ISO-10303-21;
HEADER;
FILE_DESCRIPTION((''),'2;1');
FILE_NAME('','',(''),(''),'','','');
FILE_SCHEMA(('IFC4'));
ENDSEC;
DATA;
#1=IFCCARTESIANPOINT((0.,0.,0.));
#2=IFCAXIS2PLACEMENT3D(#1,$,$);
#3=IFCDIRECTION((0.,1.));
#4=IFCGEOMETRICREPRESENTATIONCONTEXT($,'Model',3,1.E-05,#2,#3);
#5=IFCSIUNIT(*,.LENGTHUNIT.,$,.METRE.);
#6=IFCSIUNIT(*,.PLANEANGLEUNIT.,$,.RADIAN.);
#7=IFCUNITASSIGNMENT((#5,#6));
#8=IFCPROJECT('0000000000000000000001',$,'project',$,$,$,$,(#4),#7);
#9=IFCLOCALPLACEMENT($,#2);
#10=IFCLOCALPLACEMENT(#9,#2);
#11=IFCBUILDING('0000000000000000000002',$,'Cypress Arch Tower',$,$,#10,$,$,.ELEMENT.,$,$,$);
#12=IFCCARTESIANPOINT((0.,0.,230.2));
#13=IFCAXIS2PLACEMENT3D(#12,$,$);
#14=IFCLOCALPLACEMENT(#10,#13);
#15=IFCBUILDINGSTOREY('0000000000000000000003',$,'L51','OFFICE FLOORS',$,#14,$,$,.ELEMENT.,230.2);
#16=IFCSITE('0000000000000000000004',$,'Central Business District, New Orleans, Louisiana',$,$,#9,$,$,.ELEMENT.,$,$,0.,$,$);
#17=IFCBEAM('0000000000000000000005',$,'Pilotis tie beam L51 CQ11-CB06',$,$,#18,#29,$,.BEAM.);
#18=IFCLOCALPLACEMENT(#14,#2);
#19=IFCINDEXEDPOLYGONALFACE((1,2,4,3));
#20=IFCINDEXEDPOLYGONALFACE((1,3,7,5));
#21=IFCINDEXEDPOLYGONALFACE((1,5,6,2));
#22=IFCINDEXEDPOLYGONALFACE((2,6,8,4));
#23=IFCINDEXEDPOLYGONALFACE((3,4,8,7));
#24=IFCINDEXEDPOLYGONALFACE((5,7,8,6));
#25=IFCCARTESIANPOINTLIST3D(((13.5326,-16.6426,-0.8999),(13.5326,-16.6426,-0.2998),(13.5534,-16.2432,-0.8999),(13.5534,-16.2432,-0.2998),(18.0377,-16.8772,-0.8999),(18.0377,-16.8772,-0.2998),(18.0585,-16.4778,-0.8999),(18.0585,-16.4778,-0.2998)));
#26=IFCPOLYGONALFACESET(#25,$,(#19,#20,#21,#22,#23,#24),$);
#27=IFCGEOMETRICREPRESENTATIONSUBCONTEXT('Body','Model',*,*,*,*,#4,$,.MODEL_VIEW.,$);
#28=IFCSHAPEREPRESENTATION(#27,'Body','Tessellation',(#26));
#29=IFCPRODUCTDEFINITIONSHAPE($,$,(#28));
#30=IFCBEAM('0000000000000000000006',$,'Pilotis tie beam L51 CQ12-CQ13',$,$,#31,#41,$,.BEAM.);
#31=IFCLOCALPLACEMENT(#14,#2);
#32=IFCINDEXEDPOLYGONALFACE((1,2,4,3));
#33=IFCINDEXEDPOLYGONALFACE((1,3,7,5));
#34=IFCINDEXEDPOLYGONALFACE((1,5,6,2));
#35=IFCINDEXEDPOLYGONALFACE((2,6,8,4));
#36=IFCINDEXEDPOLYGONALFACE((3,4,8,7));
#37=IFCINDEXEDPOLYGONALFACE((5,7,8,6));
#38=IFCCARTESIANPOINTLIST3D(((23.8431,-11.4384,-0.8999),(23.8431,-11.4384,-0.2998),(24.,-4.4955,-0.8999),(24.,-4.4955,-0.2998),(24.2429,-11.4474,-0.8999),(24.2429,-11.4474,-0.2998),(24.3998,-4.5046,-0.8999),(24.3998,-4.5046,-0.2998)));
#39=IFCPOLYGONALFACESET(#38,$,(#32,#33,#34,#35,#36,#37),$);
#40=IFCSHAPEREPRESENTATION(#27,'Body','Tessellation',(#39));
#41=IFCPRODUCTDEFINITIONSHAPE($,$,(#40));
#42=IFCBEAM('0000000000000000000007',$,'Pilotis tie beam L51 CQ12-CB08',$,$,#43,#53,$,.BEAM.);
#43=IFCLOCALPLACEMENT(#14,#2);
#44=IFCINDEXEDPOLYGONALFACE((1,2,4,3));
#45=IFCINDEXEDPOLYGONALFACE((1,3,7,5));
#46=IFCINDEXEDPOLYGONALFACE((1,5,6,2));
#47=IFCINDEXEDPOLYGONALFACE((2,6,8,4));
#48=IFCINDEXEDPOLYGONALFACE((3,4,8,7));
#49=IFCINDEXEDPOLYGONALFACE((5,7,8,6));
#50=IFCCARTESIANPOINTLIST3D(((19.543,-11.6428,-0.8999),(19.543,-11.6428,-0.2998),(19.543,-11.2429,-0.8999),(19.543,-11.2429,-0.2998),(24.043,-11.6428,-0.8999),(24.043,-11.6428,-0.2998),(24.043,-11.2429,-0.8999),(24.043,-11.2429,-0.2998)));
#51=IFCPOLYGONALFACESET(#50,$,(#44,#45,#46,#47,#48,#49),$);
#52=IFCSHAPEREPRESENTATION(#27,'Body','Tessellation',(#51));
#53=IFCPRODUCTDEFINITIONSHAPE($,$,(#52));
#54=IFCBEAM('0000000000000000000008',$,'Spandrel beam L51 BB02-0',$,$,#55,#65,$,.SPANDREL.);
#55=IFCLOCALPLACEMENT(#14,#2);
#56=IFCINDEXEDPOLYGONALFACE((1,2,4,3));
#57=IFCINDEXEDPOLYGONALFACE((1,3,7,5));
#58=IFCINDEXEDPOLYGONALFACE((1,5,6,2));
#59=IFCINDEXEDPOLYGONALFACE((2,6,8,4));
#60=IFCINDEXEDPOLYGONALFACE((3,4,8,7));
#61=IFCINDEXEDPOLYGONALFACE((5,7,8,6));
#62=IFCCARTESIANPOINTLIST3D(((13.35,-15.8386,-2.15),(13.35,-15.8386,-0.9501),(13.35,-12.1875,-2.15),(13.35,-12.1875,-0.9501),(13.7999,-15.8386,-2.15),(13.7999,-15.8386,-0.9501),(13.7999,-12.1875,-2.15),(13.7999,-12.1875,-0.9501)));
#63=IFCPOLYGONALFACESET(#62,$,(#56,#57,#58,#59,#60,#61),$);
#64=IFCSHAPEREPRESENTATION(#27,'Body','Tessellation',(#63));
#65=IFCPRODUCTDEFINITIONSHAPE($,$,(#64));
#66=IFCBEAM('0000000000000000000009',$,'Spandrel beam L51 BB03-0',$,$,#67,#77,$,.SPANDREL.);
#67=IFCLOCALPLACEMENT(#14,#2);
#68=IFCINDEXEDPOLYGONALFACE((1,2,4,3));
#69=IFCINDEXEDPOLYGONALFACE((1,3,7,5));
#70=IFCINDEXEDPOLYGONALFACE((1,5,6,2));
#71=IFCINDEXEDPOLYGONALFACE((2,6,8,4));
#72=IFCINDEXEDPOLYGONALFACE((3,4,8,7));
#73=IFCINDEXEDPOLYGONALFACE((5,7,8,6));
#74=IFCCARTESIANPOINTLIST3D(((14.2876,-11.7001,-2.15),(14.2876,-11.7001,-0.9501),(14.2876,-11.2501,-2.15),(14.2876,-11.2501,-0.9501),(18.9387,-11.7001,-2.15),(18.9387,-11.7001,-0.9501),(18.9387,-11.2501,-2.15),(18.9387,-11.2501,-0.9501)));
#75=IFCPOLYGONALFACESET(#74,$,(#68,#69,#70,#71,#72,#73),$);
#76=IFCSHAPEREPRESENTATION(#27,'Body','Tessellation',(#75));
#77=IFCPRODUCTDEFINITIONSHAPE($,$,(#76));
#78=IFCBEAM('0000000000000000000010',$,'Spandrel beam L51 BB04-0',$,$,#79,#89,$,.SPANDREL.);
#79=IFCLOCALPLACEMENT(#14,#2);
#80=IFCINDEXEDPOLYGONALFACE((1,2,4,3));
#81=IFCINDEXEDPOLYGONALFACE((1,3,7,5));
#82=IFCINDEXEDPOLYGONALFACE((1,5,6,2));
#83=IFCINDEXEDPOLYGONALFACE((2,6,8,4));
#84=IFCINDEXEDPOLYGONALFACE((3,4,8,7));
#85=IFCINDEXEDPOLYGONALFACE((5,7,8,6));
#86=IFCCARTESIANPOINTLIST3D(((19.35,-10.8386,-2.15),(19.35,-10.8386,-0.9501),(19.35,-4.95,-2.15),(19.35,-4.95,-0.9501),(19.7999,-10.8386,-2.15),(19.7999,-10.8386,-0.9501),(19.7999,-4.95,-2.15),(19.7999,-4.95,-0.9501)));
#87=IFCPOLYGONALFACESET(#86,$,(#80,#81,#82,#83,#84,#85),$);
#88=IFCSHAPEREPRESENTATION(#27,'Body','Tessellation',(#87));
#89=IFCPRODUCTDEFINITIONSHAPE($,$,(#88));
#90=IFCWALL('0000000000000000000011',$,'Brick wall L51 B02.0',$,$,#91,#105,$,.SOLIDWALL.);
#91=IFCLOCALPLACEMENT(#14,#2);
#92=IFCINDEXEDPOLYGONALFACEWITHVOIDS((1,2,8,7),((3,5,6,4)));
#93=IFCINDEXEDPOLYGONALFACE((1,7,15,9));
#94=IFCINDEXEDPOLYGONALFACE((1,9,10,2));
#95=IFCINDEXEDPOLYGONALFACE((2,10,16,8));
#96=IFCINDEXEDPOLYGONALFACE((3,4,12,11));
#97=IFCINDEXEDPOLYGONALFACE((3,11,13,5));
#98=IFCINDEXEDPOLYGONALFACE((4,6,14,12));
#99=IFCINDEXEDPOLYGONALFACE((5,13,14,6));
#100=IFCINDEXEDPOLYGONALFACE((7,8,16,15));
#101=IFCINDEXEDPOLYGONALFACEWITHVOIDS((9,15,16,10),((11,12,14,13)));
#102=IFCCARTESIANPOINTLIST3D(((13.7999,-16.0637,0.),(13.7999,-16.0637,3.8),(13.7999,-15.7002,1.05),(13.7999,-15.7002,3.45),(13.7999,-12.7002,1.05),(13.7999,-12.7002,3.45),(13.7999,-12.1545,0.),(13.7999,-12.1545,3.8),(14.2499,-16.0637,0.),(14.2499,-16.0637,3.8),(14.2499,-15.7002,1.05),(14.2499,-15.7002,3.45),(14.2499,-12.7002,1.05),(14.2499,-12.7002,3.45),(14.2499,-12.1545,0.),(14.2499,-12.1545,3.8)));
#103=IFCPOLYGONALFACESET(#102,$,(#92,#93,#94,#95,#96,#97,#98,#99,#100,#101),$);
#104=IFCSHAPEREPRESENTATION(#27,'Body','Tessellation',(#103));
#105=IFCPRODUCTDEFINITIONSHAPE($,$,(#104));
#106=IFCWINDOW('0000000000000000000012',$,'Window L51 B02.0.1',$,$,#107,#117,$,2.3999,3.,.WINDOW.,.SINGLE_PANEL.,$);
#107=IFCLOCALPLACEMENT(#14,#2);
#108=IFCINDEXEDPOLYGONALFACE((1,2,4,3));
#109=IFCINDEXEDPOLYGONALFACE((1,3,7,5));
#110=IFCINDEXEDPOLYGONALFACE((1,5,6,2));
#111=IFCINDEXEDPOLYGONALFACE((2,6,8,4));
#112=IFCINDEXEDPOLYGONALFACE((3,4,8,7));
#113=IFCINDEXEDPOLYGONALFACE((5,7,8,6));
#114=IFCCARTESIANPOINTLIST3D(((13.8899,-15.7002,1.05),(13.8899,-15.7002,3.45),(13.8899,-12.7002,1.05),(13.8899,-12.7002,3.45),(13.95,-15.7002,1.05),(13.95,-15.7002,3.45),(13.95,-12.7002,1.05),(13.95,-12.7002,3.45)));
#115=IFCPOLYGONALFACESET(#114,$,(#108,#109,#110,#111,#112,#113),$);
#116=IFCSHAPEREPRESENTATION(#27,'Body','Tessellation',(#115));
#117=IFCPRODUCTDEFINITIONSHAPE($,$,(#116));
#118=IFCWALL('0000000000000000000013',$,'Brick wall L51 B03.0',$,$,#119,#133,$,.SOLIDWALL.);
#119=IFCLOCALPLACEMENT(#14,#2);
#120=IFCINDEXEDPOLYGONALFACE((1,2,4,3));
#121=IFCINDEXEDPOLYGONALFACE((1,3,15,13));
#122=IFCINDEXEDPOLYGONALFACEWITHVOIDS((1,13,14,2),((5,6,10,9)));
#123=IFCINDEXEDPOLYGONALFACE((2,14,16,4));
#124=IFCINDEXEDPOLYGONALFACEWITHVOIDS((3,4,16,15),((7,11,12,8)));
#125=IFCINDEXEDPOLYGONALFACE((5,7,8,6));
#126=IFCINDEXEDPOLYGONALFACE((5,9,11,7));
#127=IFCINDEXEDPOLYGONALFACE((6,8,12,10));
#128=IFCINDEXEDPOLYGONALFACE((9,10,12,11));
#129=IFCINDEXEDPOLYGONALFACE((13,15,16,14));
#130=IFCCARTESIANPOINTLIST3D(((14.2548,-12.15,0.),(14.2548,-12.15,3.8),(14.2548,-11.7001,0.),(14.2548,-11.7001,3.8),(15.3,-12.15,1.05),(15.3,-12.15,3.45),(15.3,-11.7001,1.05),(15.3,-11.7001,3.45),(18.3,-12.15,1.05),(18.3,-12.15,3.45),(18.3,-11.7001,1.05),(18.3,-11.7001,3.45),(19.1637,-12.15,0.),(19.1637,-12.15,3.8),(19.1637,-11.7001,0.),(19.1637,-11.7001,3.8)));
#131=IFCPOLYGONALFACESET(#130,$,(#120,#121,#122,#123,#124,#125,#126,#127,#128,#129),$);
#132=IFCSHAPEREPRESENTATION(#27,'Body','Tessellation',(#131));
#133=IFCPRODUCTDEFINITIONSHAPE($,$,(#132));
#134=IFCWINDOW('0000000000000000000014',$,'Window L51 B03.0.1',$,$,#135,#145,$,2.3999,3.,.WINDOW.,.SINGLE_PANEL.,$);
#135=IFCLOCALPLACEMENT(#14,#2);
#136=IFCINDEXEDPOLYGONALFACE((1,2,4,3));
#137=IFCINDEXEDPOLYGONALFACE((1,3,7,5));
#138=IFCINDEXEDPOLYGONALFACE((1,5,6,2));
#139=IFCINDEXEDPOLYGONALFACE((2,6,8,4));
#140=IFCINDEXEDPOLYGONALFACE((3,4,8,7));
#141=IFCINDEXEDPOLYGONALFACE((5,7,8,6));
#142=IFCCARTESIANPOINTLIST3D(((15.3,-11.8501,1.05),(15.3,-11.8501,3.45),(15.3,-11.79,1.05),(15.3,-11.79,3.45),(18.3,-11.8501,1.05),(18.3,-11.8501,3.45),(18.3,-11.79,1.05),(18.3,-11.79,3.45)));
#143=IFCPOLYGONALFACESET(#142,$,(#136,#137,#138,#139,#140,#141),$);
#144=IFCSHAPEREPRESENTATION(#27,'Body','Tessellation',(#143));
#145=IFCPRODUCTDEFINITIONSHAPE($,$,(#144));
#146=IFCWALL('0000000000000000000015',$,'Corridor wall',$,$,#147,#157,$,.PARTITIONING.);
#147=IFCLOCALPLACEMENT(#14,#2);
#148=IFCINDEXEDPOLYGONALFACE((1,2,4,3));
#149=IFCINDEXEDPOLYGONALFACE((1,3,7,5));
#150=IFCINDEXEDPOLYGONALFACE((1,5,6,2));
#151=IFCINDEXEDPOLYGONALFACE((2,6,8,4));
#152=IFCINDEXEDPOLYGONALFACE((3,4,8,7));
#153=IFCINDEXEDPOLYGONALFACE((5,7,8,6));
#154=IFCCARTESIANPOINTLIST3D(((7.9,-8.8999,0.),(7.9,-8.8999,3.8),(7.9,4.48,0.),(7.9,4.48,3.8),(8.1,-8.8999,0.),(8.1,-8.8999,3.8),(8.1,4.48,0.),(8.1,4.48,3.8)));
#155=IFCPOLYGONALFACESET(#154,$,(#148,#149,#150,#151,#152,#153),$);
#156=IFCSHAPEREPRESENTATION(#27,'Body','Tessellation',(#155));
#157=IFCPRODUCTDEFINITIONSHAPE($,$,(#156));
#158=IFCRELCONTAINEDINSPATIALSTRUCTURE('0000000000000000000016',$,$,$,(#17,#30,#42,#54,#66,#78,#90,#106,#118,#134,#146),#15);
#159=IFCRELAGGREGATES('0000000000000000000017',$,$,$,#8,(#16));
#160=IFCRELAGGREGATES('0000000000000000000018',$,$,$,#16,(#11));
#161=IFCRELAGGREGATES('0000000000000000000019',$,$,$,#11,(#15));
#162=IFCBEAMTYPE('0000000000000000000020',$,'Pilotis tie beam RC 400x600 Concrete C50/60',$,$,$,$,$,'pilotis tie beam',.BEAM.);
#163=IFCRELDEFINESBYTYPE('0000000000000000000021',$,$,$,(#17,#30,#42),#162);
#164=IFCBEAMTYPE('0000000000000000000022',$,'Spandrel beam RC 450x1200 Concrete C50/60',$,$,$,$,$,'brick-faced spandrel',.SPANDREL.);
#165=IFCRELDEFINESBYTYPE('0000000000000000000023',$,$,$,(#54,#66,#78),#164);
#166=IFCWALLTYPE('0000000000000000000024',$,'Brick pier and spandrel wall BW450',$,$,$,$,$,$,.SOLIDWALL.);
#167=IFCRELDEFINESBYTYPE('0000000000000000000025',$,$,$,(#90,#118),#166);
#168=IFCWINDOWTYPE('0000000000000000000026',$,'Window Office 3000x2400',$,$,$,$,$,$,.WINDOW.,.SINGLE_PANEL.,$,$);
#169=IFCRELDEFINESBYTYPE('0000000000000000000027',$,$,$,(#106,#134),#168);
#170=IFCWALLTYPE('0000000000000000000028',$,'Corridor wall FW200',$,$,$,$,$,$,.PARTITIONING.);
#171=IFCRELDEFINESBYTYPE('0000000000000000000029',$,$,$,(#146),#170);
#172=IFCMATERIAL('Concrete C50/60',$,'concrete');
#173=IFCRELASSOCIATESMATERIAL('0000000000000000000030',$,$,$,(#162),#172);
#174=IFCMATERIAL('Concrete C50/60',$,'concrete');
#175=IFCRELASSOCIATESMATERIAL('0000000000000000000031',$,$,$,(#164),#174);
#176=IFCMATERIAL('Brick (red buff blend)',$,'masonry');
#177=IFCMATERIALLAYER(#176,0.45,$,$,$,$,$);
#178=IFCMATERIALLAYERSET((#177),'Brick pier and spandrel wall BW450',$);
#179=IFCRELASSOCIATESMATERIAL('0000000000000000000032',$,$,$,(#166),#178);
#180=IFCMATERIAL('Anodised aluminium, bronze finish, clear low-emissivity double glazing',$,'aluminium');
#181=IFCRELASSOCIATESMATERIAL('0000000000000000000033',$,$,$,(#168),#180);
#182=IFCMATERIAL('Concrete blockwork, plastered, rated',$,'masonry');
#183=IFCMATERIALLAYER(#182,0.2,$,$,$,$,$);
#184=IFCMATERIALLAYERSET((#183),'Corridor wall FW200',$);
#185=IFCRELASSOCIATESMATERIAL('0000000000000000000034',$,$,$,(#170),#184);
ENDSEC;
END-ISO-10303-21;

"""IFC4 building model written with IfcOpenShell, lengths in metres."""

from ifc_helpers import new_model, si_unit, direction, frame, frame_2d, origin, origin_2d, place, context, subcontext, project, spatial, rectangle, extrude, material, layer, layer_set, material_profile, profile_set, type_object, element, fill, save


model = new_model("IFC4")

# Units and contexts
model_context = context("Model", 3, precision=1e-05, world=origin(), true_north=direction((0.0, 1.0)))
body_context = subcontext(model_context, "Body", "Model", "MODEL_VIEW")
ifc_project = project(units=[si_unit("LENGTHUNIT", "METRE"), si_unit("PLANEANGLEUNIT", "RADIAN")], contexts=[model_context])

# Site, building, storey
site_placement = place(None, origin())
site = spatial("IfcSite", under=ifc_project, at=site_placement, Name="Central Business District, New Orleans, Louisiana", CompositionType="ELEMENT", RefElevation=0.0)
building_placement = place(site_placement, origin())
building = spatial("IfcBuilding", under=site, at=building_placement, Name="Cypress Arch Tower", CompositionType="ELEMENT")
storey_placement = place(building_placement, frame((0.0, 0.0, 230.2)))
storey = spatial("IfcBuildingStorey", under=building, at=storey_placement, Name="L51", Description="OFFICE FLOORS", CompositionType="ELEMENT", Elevation=230.2)

# Beams
ifc_material_1 = material(Name="Concrete C50/60", Category="concrete")
ifc_material_profile_1 = material_profile(ifc_material_1, rectangle(XDim=0.3999, YDim=0.6001, at=origin_2d()), Name="RC 400x600")
ifc_profile_set_1 = profile_set([ifc_material_profile_1], Name="Concrete C50/60")
beam_type_1 = type_object("IfcBeamType", Name="Pilotis tie beam RC 400x600 Concrete C50/60", ElementType="pilotis tie beam", PredefinedType="BEAM", material=ifc_profile_set_1)
beam_1_placement = place(storey_placement, frame((18.0481, -16.6775, -0.5999), z_axis=(-0.998647, 0.052008, 0.0), x_axis=(-0.052008, -0.998647, 0.0)))
element("IfcBeam", 1, at=beam_1_placement, inside=storey, type_object=beam_type_1, Name="Pilotis tie beam L51 CQ11-CB06", PredefinedType="BEAM", context=body_context, shape_type="SweptSolid", body=[
    extrude(rectangle(XDim=0.3999, YDim=0.6001, at=origin_2d()), origin(), (0.0, 0.0, 1.0), 4.5112),
])
beam_2_placement = place(storey_placement, frame((24.043, -11.4429, -0.5999), z_axis=(0.022605, 0.999744, 0.0), x_axis=(-0.999744, 0.022605, 0.0)))
element("IfcBeam", 2, at=beam_2_placement, inside=storey, type_object=beam_type_1, Name="Pilotis tie beam L51 CQ12-CQ13", PredefinedType="BEAM", context=body_context, shape_type="SweptSolid", body=[
    extrude(rectangle(XDim=0.3999, YDim=0.6001, at=origin_2d()), origin(), (0.0, 0.0, 1.0), 6.9446),
])
beam_3_placement = place(storey_placement, frame((24.043, -11.4429, -0.5999), z_axis=(-1.0, 0.0, 0.0), x_axis=(0.0, -1.0, 0.0)))
element("IfcBeam", 3, at=beam_3_placement, inside=storey, type_object=beam_type_1, Name="Pilotis tie beam L51 CQ12-CB08", PredefinedType="BEAM", context=body_context, shape_type="SweptSolid", body=[
    extrude(rectangle(XDim=0.3999, YDim=0.6001, at=origin_2d()), origin(), (0.0, 0.0, 1.0), 4.5),
])
ifc_material_2 = material(Name="Concrete C50/60", Category="concrete")
ifc_material_profile_2 = material_profile(ifc_material_2, rectangle(XDim=0.45, YDim=1.2, at=origin_2d()), Name="RC 450x1200")
ifc_profile_set_2 = profile_set([ifc_material_profile_2], Name="Concrete C50/60")
beam_type_2 = type_object("IfcBeamType", Name="Spandrel beam RC 450x1200 Concrete C50/60", ElementType="brick-faced spandrel", PredefinedType="SPANDREL", material=ifc_profile_set_2)
beam_4_placement = place(storey_placement, frame((13.575, -15.8386, -1.55), z_axis=(0.0, 1.0, 0.0), x_axis=(-1.0, 0.0, 0.0)))
element("IfcBeam", 4, at=beam_4_placement, inside=storey, type_object=beam_type_2, Name="Spandrel beam L51 BB02-0", PredefinedType="SPANDREL", context=body_context, shape_type="SweptSolid", body=[
    extrude(rectangle(XDim=0.45, YDim=1.2, at=origin_2d()), origin(), (0.0, 0.0, 1.0), 3.6511),
])
beam_5_placement = place(storey_placement, frame((14.2876, -11.4751, -1.55), z_axis=(1.0, 0.0, 0.0), x_axis=(0.0, 1.0, 0.0)))
element("IfcBeam", 5, at=beam_5_placement, inside=storey, type_object=beam_type_2, Name="Spandrel beam L51 BB03-0", PredefinedType="SPANDREL", context=body_context, shape_type="SweptSolid", body=[
    extrude(rectangle(XDim=0.45, YDim=1.2, at=origin_2d()), origin(), (0.0, 0.0, 1.0), 4.6511),
])
beam_6_placement = place(storey_placement, frame((19.575, -10.8386, -1.55), z_axis=(0.0, 1.0, 0.0), x_axis=(-1.0, 0.0, 0.0)))
element("IfcBeam", 6, at=beam_6_placement, inside=storey, type_object=beam_type_2, Name="Spandrel beam L51 BB04-0", PredefinedType="SPANDREL", context=body_context, shape_type="SweptSolid", body=[
    extrude(rectangle(XDim=0.45, YDim=1.2, at=origin_2d()), origin(), (0.0, 0.0, 1.0), 5.8887),
])

# Walls, openings, windows
ifc_material_3 = material(Name="Brick (red buff blend)", Category="masonry")
ifc_layer_1 = layer(ifc_material_3, 0.45)
ifc_layer_set_1 = layer_set([ifc_layer_1], Name="Brick pier and spandrel wall BW450")
wall_type_1 = type_object("IfcWallType", Name="Brick pier and spandrel wall BW450", PredefinedType="SOLIDWALL", material=ifc_layer_set_1)
wall_1_placement = place(storey_placement, frame((14.0249, -16.0637, 0.0), z_axis=(0.0, 0.0, 1.0), x_axis=(0.0, 1.0, 0.0)))
wall_1 = element("IfcWall", 7, at=wall_1_placement, inside=storey, type_object=wall_type_1, Name="Brick wall L51 B02.0", PredefinedType="SOLIDWALL", context=body_context, shape_type="SweptSolid", body=[
    extrude(rectangle(XDim=3.9092, YDim=0.45, at=frame_2d((1.9546, 0.0))), origin(), (0.0, 0.0, 1.0), 3.8),
])
opening_1_placement = place(wall_1_placement, frame((0.3635, 0.0, 1.05)))
opening_1 = element("IfcOpeningElement", 8, at=opening_1_placement, cuts=wall_1, PredefinedType="OPENING", context=body_context, shape_type="SweptSolid", body=[
    extrude(rectangle(XDim=3.0, YDim=2.3999, at=frame_2d((1.5, 1.2))), frame((0.0, 0.2349, 0.0), z_axis=(0.0, -1.0, 0.0), x_axis=(1.0, 0.0, 0.0)), (0.0, 0.0, 1.0), 0.47),
])
ifc_material_4 = material(Name="Anodised aluminium, bronze finish, clear low-emissivity double glazing", Category="aluminium")
window_type = type_object("IfcWindowType", Name="Window Office 3000x2400", PartitioningType="SINGLE_PANEL", PredefinedType="WINDOW", material=ifc_material_4)
window_1_placement = place(opening_1_placement, origin())
window_1 = element("IfcWindow", 9, at=window_1_placement, inside=storey, type_object=window_type, Name="Window L51 B02.0.1", OverallHeight=2.3999, OverallWidth=3.0, PartitioningType="SINGLE_PANEL", PredefinedType="WINDOW", context=body_context, shape_type="SweptSolid", body=[
    extrude(rectangle(XDim=3.0, YDim=2.3999, at=frame_2d((1.5, 1.2))), frame((0.0, 0.135, 0.0), z_axis=(0.0, -1.0, 0.0), x_axis=(1.0, 0.0, 0.0)), (0.0, 0.0, 1.0), 0.0601),
])
fill(opening_1, window_1)
wall_2_placement = place(storey_placement, frame((14.2546, -11.925, 0.0), z_axis=(0.0, 0.0, 1.0), x_axis=(1.0, 0.0, 0.0)))
wall_2 = element("IfcWall", 10, at=wall_2_placement, inside=storey, type_object=wall_type_1, Name="Brick wall L51 B03.0", PredefinedType="SOLIDWALL", context=body_context, shape_type="SweptSolid", body=[
    extrude(rectangle(XDim=4.9089, YDim=0.45, at=frame_2d((2.4546, 0.0))), origin(), (0.0, 0.0, 1.0), 3.8),
])
opening_2_placement = place(wall_2_placement, frame((1.0454, 0.0, 1.05)))
opening_2 = element("IfcOpeningElement", 11, at=opening_2_placement, cuts=wall_2, PredefinedType="OPENING", context=body_context, shape_type="SweptSolid", body=[
    extrude(rectangle(XDim=3.0, YDim=2.3999, at=frame_2d((1.5, 1.2))), frame((0.0, 0.2349, 0.0), z_axis=(0.0, -1.0, 0.0), x_axis=(1.0, 0.0, 0.0)), (0.0, 0.0, 1.0), 0.47),
])
window_2_placement = place(opening_2_placement, origin())
window_2 = element("IfcWindow", 12, at=window_2_placement, inside=storey, type_object=window_type, Name="Window L51 B03.0.1", OverallHeight=2.3999, OverallWidth=3.0, PartitioningType="SINGLE_PANEL", PredefinedType="WINDOW", context=body_context, shape_type="SweptSolid", body=[
    extrude(rectangle(XDim=3.0, YDim=2.3999, at=frame_2d((1.5, 1.2))), frame((0.0, 0.135, 0.0), z_axis=(0.0, -1.0, 0.0), x_axis=(1.0, 0.0, 0.0)), (0.0, 0.0, 1.0), 0.0601),
])
fill(opening_2, window_2)

# Wall
ifc_material_5 = material(Name="Concrete blockwork, plastered, rated", Category="masonry")
ifc_layer_2 = layer(ifc_material_5, 0.2)
ifc_layer_set_2 = layer_set([ifc_layer_2], Name="Corridor wall FW200")
wall_type_2 = type_object("IfcWallType", Name="Corridor wall FW200", PredefinedType="PARTITIONING", material=ifc_layer_set_2)
wall_3_placement = place(storey_placement, frame((8.0, -8.8999, 0.0), z_axis=(0.0, 0.0, 1.0), x_axis=(0.0, 1.0, 0.0)))
element("IfcWall", 13, at=wall_3_placement, inside=storey, type_object=wall_type_2, Name="Corridor wall", PredefinedType="PARTITIONING", context=body_context, shape_type="SweptSolid", body=[
    extrude(rectangle(XDim=13.3799, YDim=0.2, at=frame_2d((6.6899, 0.0))), origin(), (0.0, 0.0, 1.0), 3.8),
])

save(model, "model.ifc")
